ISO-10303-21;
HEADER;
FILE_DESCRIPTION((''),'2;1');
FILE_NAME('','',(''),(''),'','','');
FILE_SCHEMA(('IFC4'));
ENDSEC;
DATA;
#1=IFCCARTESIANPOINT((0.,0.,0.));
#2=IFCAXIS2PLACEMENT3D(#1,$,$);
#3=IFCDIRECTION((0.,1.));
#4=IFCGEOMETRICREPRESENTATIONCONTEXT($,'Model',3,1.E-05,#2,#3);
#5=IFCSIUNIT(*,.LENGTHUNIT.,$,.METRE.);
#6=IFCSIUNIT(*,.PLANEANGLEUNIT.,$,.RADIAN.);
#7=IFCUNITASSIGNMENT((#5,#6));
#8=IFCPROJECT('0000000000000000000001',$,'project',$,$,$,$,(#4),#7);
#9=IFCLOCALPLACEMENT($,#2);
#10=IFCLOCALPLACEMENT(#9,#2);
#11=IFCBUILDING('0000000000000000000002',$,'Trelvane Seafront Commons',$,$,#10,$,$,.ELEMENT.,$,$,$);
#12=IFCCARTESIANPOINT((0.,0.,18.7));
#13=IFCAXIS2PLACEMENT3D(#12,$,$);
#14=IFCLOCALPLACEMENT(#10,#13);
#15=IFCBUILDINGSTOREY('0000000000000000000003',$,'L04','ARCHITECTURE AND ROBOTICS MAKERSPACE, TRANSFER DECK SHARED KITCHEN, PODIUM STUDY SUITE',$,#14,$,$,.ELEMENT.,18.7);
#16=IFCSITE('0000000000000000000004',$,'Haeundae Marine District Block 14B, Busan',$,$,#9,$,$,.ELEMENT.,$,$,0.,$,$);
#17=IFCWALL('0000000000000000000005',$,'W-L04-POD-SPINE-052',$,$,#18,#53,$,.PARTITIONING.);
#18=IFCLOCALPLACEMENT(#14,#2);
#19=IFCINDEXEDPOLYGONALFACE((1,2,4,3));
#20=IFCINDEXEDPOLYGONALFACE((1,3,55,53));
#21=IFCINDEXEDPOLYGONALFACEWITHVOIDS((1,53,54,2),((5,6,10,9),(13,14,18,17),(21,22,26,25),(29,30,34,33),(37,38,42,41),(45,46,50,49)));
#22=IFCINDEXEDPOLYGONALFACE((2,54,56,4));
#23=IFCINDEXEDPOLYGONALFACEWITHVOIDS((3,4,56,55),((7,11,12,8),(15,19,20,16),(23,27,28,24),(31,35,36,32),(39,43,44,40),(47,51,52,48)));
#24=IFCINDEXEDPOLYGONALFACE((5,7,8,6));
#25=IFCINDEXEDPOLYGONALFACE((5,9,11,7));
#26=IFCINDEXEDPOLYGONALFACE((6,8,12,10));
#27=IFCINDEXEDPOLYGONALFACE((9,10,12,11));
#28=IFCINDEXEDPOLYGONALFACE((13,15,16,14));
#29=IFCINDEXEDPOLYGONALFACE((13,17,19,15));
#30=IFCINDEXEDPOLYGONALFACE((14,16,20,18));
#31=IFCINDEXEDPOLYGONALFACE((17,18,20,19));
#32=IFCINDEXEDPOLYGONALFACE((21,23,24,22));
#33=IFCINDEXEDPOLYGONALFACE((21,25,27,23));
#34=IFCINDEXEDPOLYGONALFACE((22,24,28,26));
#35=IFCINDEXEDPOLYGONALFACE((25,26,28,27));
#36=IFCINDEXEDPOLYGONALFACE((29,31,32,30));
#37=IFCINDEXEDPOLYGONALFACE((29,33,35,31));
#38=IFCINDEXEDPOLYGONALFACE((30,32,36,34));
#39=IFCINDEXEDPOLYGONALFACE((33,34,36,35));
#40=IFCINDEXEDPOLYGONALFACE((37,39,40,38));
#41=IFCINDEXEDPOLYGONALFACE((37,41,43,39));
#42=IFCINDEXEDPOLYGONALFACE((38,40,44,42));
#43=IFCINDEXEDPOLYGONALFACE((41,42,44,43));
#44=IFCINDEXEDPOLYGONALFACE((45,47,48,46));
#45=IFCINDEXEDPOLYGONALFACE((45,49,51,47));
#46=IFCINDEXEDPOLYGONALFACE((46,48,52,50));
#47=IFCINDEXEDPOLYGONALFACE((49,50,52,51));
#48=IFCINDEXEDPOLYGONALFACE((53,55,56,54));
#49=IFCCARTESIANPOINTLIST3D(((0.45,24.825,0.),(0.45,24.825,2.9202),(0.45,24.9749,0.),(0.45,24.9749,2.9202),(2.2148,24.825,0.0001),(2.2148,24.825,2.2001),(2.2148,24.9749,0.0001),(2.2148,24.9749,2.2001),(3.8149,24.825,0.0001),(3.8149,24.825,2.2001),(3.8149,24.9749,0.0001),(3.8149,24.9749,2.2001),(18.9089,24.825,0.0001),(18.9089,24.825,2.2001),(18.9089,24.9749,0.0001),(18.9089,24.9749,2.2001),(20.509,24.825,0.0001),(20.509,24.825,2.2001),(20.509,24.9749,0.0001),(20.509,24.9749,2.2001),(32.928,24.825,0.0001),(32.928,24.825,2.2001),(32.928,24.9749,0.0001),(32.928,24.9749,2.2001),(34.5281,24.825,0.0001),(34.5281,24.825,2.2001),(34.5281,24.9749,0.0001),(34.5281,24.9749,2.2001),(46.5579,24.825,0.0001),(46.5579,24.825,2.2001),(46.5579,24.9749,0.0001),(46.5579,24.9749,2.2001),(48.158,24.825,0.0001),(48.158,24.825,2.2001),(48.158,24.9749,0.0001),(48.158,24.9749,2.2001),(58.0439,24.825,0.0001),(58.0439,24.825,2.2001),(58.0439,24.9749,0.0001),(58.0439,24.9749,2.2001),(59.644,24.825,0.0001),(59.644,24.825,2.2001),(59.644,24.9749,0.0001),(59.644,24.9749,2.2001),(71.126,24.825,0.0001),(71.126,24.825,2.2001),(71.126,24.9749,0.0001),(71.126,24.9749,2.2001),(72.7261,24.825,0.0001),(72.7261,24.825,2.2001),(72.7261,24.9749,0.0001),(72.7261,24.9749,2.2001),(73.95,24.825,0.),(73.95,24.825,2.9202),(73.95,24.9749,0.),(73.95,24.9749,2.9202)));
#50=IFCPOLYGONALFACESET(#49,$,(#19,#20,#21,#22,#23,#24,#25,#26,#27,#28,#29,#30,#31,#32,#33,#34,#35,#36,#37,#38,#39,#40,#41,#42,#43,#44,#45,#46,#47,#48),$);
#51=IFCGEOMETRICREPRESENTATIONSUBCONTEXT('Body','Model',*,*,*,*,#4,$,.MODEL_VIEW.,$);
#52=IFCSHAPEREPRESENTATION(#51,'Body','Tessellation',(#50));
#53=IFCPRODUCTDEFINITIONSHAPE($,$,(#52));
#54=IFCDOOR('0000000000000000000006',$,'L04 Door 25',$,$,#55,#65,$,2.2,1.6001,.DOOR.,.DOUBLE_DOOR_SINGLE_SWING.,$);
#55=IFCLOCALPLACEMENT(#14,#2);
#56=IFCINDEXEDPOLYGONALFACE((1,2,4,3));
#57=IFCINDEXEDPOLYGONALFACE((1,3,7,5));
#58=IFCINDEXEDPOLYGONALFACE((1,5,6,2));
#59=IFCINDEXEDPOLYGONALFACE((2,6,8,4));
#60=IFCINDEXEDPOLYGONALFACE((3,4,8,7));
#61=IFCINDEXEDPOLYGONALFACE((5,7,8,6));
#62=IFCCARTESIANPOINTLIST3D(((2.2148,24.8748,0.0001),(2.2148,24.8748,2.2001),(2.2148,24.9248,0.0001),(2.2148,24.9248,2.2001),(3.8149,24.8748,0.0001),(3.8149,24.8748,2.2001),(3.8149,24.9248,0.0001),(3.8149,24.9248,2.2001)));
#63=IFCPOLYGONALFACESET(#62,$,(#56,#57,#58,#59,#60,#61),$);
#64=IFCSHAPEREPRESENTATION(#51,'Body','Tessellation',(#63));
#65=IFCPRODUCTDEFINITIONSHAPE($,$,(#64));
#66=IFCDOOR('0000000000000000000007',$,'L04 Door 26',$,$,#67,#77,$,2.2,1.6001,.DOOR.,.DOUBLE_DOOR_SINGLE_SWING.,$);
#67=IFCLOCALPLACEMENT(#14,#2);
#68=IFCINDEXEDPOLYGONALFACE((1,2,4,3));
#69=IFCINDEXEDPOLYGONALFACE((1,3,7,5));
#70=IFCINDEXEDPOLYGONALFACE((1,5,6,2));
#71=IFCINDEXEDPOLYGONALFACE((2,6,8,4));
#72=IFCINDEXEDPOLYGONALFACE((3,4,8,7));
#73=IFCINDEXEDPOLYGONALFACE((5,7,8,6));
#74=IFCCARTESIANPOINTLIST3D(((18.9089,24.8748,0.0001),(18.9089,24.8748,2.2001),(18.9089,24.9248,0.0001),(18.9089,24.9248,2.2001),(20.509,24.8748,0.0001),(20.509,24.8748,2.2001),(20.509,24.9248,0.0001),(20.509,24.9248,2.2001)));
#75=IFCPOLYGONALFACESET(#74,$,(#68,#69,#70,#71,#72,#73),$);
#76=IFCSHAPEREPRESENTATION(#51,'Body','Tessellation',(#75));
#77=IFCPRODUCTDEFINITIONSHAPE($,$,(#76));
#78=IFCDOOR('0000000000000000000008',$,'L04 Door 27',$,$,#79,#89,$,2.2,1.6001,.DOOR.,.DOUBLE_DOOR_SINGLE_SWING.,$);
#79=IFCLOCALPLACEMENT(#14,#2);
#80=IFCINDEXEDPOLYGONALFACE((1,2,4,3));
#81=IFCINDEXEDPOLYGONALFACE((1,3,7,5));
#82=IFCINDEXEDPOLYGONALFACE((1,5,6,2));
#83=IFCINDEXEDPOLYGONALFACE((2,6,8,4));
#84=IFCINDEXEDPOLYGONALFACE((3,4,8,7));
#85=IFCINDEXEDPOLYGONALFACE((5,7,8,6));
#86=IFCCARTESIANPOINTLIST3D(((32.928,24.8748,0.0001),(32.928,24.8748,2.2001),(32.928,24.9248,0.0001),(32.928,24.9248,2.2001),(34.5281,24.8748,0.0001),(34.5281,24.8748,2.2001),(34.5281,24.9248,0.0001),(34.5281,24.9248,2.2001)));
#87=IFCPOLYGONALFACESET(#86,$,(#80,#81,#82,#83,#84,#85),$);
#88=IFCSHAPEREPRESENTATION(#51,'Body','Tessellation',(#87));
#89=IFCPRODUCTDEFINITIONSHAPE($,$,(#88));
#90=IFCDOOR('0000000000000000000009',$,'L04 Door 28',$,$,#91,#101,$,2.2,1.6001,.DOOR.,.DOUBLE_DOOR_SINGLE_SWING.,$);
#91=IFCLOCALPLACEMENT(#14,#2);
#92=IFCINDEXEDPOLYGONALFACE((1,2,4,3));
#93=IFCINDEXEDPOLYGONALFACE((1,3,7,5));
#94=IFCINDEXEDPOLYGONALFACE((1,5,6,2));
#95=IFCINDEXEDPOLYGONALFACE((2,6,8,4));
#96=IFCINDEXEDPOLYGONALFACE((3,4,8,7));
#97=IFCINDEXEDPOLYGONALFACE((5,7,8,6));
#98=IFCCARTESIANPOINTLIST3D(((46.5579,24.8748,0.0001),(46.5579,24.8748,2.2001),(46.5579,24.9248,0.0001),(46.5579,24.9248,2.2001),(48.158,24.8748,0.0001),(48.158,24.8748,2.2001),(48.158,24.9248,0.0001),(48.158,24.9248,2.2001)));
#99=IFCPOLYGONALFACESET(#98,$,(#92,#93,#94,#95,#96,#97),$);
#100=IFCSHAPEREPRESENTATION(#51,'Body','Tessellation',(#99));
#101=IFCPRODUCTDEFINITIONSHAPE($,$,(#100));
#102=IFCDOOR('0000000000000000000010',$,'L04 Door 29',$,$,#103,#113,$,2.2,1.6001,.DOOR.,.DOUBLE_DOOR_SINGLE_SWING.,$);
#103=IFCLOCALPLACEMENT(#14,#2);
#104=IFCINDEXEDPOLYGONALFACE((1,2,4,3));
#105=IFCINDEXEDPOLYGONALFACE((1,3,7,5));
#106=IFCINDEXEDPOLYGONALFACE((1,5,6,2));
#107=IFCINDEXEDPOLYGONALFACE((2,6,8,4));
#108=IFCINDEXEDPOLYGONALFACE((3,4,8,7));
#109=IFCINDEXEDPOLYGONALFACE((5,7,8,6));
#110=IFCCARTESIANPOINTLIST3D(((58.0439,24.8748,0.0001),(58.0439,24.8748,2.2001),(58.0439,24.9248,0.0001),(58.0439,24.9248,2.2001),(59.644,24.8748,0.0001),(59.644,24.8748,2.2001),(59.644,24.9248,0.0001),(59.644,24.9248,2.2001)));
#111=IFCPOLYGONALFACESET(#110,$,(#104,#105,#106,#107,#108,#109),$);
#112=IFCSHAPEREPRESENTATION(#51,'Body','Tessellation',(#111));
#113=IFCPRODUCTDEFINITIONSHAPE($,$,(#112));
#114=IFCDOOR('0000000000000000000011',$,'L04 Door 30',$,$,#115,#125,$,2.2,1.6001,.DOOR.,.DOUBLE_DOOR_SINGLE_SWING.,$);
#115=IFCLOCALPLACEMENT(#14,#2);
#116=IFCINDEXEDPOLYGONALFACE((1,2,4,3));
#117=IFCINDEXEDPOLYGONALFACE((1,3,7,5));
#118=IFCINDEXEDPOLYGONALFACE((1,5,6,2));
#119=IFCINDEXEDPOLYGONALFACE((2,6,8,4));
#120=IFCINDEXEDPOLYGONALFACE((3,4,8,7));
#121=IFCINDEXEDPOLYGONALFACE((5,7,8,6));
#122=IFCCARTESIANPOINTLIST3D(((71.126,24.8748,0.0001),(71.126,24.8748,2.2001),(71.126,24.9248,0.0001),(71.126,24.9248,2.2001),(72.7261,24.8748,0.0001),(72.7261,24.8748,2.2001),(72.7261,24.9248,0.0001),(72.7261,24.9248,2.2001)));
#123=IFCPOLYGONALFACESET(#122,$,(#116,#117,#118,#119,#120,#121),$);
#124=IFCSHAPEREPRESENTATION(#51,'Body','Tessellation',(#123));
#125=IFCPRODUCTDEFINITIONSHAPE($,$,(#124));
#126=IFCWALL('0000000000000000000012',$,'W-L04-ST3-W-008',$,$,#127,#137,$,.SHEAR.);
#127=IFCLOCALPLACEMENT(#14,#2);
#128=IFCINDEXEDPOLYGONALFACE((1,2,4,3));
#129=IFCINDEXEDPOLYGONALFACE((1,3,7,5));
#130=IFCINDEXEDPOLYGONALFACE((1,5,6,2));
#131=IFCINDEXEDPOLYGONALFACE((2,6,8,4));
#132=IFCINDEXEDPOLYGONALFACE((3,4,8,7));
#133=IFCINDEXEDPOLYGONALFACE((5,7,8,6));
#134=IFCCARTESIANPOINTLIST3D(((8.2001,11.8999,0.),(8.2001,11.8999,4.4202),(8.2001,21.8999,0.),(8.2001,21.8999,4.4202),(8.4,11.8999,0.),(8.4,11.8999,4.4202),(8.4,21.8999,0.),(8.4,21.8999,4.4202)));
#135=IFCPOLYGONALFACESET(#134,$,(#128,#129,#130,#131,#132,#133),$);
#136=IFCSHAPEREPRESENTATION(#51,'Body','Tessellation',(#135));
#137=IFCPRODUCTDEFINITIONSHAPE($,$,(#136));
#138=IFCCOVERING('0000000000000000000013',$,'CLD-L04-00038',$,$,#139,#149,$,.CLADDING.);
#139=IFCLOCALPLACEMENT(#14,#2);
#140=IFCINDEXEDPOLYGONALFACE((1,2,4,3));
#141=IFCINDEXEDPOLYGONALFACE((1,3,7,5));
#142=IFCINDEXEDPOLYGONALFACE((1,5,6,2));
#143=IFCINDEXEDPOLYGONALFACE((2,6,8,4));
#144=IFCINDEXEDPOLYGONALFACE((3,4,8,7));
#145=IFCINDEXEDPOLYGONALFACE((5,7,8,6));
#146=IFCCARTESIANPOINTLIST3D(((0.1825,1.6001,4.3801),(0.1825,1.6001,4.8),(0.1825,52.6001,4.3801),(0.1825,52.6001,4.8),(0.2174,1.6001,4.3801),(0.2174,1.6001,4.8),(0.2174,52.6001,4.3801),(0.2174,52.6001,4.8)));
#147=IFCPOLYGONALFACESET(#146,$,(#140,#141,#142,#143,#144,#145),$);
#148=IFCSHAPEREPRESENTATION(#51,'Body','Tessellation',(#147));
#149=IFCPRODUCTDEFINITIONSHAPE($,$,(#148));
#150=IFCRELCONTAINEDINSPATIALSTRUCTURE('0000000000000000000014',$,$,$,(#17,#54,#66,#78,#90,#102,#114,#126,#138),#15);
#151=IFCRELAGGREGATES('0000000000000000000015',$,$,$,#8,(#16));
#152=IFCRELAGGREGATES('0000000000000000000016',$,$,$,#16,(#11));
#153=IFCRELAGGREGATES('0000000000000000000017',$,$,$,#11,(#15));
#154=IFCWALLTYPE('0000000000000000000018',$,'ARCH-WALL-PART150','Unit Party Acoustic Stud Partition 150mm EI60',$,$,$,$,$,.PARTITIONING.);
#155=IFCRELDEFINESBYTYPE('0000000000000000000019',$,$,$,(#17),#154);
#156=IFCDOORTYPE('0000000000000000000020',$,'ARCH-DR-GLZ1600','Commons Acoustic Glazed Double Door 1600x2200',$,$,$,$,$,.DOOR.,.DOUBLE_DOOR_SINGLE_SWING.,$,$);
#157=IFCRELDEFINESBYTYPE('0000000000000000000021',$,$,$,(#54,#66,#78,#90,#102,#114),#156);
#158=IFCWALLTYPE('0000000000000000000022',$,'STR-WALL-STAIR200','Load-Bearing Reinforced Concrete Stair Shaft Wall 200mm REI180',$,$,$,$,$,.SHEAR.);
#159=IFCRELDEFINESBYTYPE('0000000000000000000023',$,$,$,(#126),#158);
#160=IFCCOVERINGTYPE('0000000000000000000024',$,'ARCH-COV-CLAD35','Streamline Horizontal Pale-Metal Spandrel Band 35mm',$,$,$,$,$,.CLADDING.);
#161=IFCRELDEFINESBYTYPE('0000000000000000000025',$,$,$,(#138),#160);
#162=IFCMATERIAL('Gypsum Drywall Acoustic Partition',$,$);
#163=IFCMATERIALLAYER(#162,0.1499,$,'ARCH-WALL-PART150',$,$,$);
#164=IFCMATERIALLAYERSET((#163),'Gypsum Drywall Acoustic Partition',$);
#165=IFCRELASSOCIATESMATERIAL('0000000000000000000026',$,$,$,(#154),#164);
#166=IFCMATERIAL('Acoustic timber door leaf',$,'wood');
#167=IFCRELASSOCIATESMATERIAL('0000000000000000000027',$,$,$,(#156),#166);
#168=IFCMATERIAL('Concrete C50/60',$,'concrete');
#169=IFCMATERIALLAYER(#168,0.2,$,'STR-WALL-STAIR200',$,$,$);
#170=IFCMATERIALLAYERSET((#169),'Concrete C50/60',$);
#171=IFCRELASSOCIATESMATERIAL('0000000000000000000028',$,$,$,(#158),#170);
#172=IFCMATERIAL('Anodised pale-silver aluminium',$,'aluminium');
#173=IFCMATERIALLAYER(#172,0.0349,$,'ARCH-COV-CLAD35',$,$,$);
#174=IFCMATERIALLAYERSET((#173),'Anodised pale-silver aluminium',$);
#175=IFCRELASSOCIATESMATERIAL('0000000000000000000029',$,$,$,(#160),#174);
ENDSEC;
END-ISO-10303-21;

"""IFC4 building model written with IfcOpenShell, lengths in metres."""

from ifc_helpers import new_model, si_unit, direction, frame, frame_2d, origin, origin_2d, place, context, subcontext, project, spatial, rectangle, extrude, source, transform, mapped, material, layer, layer_set, type_object, element, fill, save


model = new_model("IFC4")

# Units and contexts
model_context = context("Model", 3, precision=1e-05, world=origin(), true_north=direction((0.0, 1.0)))
body_context = subcontext(model_context, "Body", "Model", "MODEL_VIEW")
ifc_project = project(units=[si_unit("LENGTHUNIT", "METRE"), si_unit("PLANEANGLEUNIT", "RADIAN")], contexts=[model_context])

# Site, building, storey
site_placement = place(None, origin())
site = spatial("IfcSite", under=ifc_project, at=site_placement, Name="Haeundae Marine District Block 14B, Busan", CompositionType="ELEMENT", RefElevation=0.0)
building_placement = place(site_placement, origin())
building = spatial("IfcBuilding", under=site, at=building_placement, Name="Trelvane Seafront Commons", CompositionType="ELEMENT")
storey_placement = place(building_placement, frame((0.0, 0.0, 18.7)))
storey = spatial("IfcBuildingStorey", under=building, at=storey_placement, Name="L04", Description="ARCHITECTURE AND ROBOTICS MAKERSPACE, TRANSFER DECK SHARED KITCHEN, PODIUM STUDY SUITE", CompositionType="ELEMENT", Elevation=18.7)

# Shared definitions
ifc_material_1 = material(Name="Concrete C50/60", Category="concrete")

# Shared definitions
ifc_material_2 = material(Name="Anodised pale-silver aluminium", Category="aluminium")

# Shared definitions
ifc_material_3 = material(Name="Gypsum Drywall Acoustic Partition")
ifc_layer_1 = layer(ifc_material_3, 0.1499, Name="ARCH-WALL-PART150")
ifc_layer_set_1 = layer_set([ifc_layer_1], Name="Gypsum Drywall Acoustic Partition")
wall_type_1 = type_object("IfcWallType", Name="ARCH-WALL-PART150", Description="Unit Party Acoustic Stud Partition 150mm EI60", PredefinedType="PARTITIONING", material=ifc_layer_set_1)
ifc_material_4 = material(Name="Acoustic timber door leaf", Category="wood")
door_type = type_object("IfcDoorType", Name="ARCH-DR-GLZ1600", Description="Commons Acoustic Glazed Double Door 1600x2200", OperationType="DOUBLE_DOOR_SINGLE_SWING", PredefinedType="DOOR", material=ifc_material_4)
shared_shape_1 = source(origin(), body_context, "Body", "SweptSolid", [
    extrude(rectangle(XDim=1.6001, YDim=2.2, at=frame_2d((0.8, 1.1001))), frame((0.0, 0.0249, 0.0), z_axis=(0.0, -1.0, 0.0), x_axis=(1.0, 0.0, 0.0)), (0.0, 0.0, 1.0), 0.05),
])

# Wall, openings, doors
wall_1_placement = place(storey_placement, frame((0.45, 24.8999, 0.0), z_axis=(0.0, 0.0, 1.0), x_axis=(1.0, 0.0, 0.0)))
wall_1 = element("IfcWall", 1, at=wall_1_placement, inside=storey, type_object=wall_type_1, Name="W-L04-POD-SPINE-052", PredefinedType="PARTITIONING", context=body_context, shape_type="SweptSolid", body=[
    extrude(rectangle(XDim=73.5, YDim=0.1499, at=frame_2d((36.75, 0.0))), origin(), (0.0, 0.0, 1.0), 2.9202),
])
opening_1_placement = place(wall_1_placement, frame((1.7649, 0.0, 0.0)))
opening_1 = element("IfcOpeningElement", 2, at=opening_1_placement, cuts=wall_1, PredefinedType="OPENING", context=body_context, shape_type="SweptSolid", body=[
    extrude(rectangle(XDim=1.6001, YDim=2.2, at=frame_2d((0.8, 1.1001))), frame((0.0, 0.085, 0.0), z_axis=(0.0, -1.0, 0.0), x_axis=(1.0, 0.0, 0.0)), (0.0, 0.0, 1.0), 0.1699),
])
opening_2_placement = place(wall_1_placement, frame((18.459, 0.0, 0.0)))
opening_2 = element("IfcOpeningElement", 3, at=opening_2_placement, cuts=wall_1, PredefinedType="OPENING", context=body_context, shape_type="SweptSolid", body=[
    extrude(rectangle(XDim=1.6001, YDim=2.2, at=frame_2d((0.8, 1.1001))), frame((0.0, 0.085, 0.0), z_axis=(0.0, -1.0, 0.0), x_axis=(1.0, 0.0, 0.0)), (0.0, 0.0, 1.0), 0.1699),
])
opening_3_placement = place(wall_1_placement, frame((32.478, 0.0, 0.0)))
opening_3 = element("IfcOpeningElement", 4, at=opening_3_placement, cuts=wall_1, PredefinedType="OPENING", context=body_context, shape_type="SweptSolid", body=[
    extrude(rectangle(XDim=1.6001, YDim=2.2, at=frame_2d((0.8, 1.1001))), frame((0.0, 0.085, 0.0), z_axis=(0.0, -1.0, 0.0), x_axis=(1.0, 0.0, 0.0)), (0.0, 0.0, 1.0), 0.1699),
])
opening_4_placement = place(wall_1_placement, frame((46.1079, 0.0, 0.0)))
opening_4 = element("IfcOpeningElement", 5, at=opening_4_placement, cuts=wall_1, PredefinedType="OPENING", context=body_context, shape_type="SweptSolid", body=[
    extrude(rectangle(XDim=1.6001, YDim=2.2, at=frame_2d((0.8, 1.1001))), frame((0.0, 0.085, 0.0), z_axis=(0.0, -1.0, 0.0), x_axis=(1.0, 0.0, 0.0)), (0.0, 0.0, 1.0), 0.1699),
])
opening_5_placement = place(wall_1_placement, frame((57.594, 0.0, 0.0)))
opening_5 = element("IfcOpeningElement", 6, at=opening_5_placement, cuts=wall_1, PredefinedType="OPENING", context=body_context, shape_type="SweptSolid", body=[
    extrude(rectangle(XDim=1.6001, YDim=2.2, at=frame_2d((0.8, 1.1001))), frame((0.0, 0.085, 0.0), z_axis=(0.0, -1.0, 0.0), x_axis=(1.0, 0.0, 0.0)), (0.0, 0.0, 1.0), 0.1699),
])
opening_6_placement = place(wall_1_placement, frame((70.676, 0.0, 0.0)))
opening_6 = element("IfcOpeningElement", 7, at=opening_6_placement, cuts=wall_1, PredefinedType="OPENING", context=body_context, shape_type="SweptSolid", body=[
    extrude(rectangle(XDim=1.6001, YDim=2.2, at=frame_2d((0.8, 1.1001))), frame((0.0, 0.085, 0.0), z_axis=(0.0, -1.0, 0.0), x_axis=(1.0, 0.0, 0.0)), (0.0, 0.0, 1.0), 0.1699),
])
door_1_placement = place(opening_1_placement, origin())
door_1 = element("IfcDoor", 8, at=door_1_placement, inside=storey, type_object=door_type, Name="L04 Door 25", OperationType="DOUBLE_DOOR_SINGLE_SWING", OverallHeight=2.2, OverallWidth=1.6001, PredefinedType="DOOR", context=body_context, shape_type="MappedRepresentation", body=[
    mapped(shared_shape_1, transform((0.0, 0.0, 0.0), x_axis=(1.0, 0.0, 0.0), y_axis=(0.0, 1.0, 0.0), z_axis=(0.0, 0.0, 1.0), scale=1.0)),
])
fill(opening_1, door_1)
door_2_placement = place(opening_2_placement, origin())
door_2 = element("IfcDoor", 9, at=door_2_placement, inside=storey, type_object=door_type, Name="L04 Door 26", OperationType="DOUBLE_DOOR_SINGLE_SWING", OverallHeight=2.2, OverallWidth=1.6001, PredefinedType="DOOR", context=body_context, shape_type="MappedRepresentation", body=[
    mapped(shared_shape_1, transform((0.0, 0.0, 0.0), x_axis=(1.0, 0.0, 0.0), y_axis=(0.0, 1.0, 0.0), z_axis=(0.0, 0.0, 1.0), scale=1.0)),
])
fill(opening_2, door_2)
door_3_placement = place(opening_3_placement, origin())
door_3 = element("IfcDoor", 10, at=door_3_placement, inside=storey, type_object=door_type, Name="L04 Door 27", OperationType="DOUBLE_DOOR_SINGLE_SWING", OverallHeight=2.2, OverallWidth=1.6001, PredefinedType="DOOR", context=body_context, shape_type="MappedRepresentation", body=[
    mapped(shared_shape_1, transform((0.0, 0.0, 0.0), x_axis=(1.0, 0.0, 0.0), y_axis=(0.0, 1.0, 0.0), z_axis=(0.0, 0.0, 1.0), scale=1.0)),
])
fill(opening_3, door_3)
door_4_placement = place(opening_4_placement, origin())
door_4 = element("IfcDoor", 11, at=door_4_placement, inside=storey, type_object=door_type, Name="L04 Door 28", OperationType="DOUBLE_DOOR_SINGLE_SWING", OverallHeight=2.2, OverallWidth=1.6001, PredefinedType="DOOR", context=body_context, shape_type="MappedRepresentation", body=[
    mapped(shared_shape_1, transform((0.0, 0.0, 0.0), x_axis=(1.0, 0.0, 0.0), y_axis=(0.0, 1.0, 0.0), z_axis=(0.0, 0.0, 1.0), scale=1.0)),
])
fill(opening_4, door_4)
door_5_placement = place(opening_5_placement, origin())
door_5 = element("IfcDoor", 12, at=door_5_placement, inside=storey, type_object=door_type, Name="L04 Door 29", OperationType="DOUBLE_DOOR_SINGLE_SWING", OverallHeight=2.2, OverallWidth=1.6001, PredefinedType="DOOR", context=body_context, shape_type="MappedRepresentation", body=[
    mapped(shared_shape_1, transform((0.0, 0.0, 0.0), x_axis=(1.0, 0.0, 0.0), y_axis=(0.0, 1.0, 0.0), z_axis=(0.0, 0.0, 1.0), scale=1.0)),
])
fill(opening_5, door_5)
door_6_placement = place(opening_6_placement, origin())
door_6 = element("IfcDoor", 13, at=door_6_placement, inside=storey, type_object=door_type, Name="L04 Door 30", OperationType="DOUBLE_DOOR_SINGLE_SWING", OverallHeight=2.2, OverallWidth=1.6001, PredefinedType="DOOR", context=body_context, shape_type="MappedRepresentation", body=[
    mapped(shared_shape_1, transform((0.0, 0.0, 0.0), x_axis=(1.0, 0.0, 0.0), y_axis=(0.0, 1.0, 0.0), z_axis=(0.0, 0.0, 1.0), scale=1.0)),
])
fill(opening_6, door_6)

# Wall
ifc_layer_2 = layer(ifc_material_1, 0.2, Name="STR-WALL-STAIR200")
ifc_layer_set_2 = layer_set([ifc_layer_2], Name="Concrete C50/60")
wall_type_2 = type_object("IfcWallType", Name="STR-WALL-STAIR200", Description="Load-Bearing Reinforced Concrete Stair Shaft Wall 200mm REI180", PredefinedType="SHEAR", material=ifc_layer_set_2)
wall_2_placement = place(storey_placement, frame((8.3, 11.8999, 0.0), z_axis=(0.0, 0.0, 1.0), x_axis=(0.0, 1.0, 0.0)))
element("IfcWall", 14, at=wall_2_placement, inside=storey, type_object=wall_type_2, Name="W-L04-ST3-W-008", PredefinedType="SHEAR", context=body_context, shape_type="SweptSolid", body=[
    extrude(rectangle(XDim=10.0, YDim=0.2, at=frame_2d((5.0, 0.0))), origin(), (0.0, 0.0, 1.0), 4.4202),
])

# Covering
ifc_layer_3 = layer(ifc_material_2, 0.0349, Name="ARCH-COV-CLAD35")
ifc_layer_set_3 = layer_set([ifc_layer_3], Name="Anodised pale-silver aluminium")
covering_type = type_object("IfcCoveringType", Name="ARCH-COV-CLAD35", Description="Streamline Horizontal Pale-Metal Spandrel Band 35mm", PredefinedType="CLADDING", material=ifc_layer_set_3)
shared_shape_2 = source(origin(), body_context, "Body", "SweptSolid", [
    extrude(rectangle(XDim=51.0, YDim=0.0349, at=origin_2d()), origin(), (0.0, 0.0, 1.0), 0.4199),
])
covering_placement = place(storey_placement, frame((0.2, 27.1001, 4.3801), z_axis=(0.0, 0.0, 1.0), x_axis=(0.0, 1.0, 0.0)))
element("IfcCovering", 15, at=covering_placement, inside=storey, type_object=covering_type, Name="CLD-L04-00038", PredefinedType="CLADDING", context=body_context, shape_type="MappedRepresentation", body=[
    mapped(shared_shape_2, transform((0.0, 0.0, 0.0), x_axis=(1.0, 0.0, 0.0), y_axis=(0.0, 1.0, 0.0), z_axis=(0.0, 0.0, 1.0), scale=1.0)),
])

save(model, "model.ifc")
